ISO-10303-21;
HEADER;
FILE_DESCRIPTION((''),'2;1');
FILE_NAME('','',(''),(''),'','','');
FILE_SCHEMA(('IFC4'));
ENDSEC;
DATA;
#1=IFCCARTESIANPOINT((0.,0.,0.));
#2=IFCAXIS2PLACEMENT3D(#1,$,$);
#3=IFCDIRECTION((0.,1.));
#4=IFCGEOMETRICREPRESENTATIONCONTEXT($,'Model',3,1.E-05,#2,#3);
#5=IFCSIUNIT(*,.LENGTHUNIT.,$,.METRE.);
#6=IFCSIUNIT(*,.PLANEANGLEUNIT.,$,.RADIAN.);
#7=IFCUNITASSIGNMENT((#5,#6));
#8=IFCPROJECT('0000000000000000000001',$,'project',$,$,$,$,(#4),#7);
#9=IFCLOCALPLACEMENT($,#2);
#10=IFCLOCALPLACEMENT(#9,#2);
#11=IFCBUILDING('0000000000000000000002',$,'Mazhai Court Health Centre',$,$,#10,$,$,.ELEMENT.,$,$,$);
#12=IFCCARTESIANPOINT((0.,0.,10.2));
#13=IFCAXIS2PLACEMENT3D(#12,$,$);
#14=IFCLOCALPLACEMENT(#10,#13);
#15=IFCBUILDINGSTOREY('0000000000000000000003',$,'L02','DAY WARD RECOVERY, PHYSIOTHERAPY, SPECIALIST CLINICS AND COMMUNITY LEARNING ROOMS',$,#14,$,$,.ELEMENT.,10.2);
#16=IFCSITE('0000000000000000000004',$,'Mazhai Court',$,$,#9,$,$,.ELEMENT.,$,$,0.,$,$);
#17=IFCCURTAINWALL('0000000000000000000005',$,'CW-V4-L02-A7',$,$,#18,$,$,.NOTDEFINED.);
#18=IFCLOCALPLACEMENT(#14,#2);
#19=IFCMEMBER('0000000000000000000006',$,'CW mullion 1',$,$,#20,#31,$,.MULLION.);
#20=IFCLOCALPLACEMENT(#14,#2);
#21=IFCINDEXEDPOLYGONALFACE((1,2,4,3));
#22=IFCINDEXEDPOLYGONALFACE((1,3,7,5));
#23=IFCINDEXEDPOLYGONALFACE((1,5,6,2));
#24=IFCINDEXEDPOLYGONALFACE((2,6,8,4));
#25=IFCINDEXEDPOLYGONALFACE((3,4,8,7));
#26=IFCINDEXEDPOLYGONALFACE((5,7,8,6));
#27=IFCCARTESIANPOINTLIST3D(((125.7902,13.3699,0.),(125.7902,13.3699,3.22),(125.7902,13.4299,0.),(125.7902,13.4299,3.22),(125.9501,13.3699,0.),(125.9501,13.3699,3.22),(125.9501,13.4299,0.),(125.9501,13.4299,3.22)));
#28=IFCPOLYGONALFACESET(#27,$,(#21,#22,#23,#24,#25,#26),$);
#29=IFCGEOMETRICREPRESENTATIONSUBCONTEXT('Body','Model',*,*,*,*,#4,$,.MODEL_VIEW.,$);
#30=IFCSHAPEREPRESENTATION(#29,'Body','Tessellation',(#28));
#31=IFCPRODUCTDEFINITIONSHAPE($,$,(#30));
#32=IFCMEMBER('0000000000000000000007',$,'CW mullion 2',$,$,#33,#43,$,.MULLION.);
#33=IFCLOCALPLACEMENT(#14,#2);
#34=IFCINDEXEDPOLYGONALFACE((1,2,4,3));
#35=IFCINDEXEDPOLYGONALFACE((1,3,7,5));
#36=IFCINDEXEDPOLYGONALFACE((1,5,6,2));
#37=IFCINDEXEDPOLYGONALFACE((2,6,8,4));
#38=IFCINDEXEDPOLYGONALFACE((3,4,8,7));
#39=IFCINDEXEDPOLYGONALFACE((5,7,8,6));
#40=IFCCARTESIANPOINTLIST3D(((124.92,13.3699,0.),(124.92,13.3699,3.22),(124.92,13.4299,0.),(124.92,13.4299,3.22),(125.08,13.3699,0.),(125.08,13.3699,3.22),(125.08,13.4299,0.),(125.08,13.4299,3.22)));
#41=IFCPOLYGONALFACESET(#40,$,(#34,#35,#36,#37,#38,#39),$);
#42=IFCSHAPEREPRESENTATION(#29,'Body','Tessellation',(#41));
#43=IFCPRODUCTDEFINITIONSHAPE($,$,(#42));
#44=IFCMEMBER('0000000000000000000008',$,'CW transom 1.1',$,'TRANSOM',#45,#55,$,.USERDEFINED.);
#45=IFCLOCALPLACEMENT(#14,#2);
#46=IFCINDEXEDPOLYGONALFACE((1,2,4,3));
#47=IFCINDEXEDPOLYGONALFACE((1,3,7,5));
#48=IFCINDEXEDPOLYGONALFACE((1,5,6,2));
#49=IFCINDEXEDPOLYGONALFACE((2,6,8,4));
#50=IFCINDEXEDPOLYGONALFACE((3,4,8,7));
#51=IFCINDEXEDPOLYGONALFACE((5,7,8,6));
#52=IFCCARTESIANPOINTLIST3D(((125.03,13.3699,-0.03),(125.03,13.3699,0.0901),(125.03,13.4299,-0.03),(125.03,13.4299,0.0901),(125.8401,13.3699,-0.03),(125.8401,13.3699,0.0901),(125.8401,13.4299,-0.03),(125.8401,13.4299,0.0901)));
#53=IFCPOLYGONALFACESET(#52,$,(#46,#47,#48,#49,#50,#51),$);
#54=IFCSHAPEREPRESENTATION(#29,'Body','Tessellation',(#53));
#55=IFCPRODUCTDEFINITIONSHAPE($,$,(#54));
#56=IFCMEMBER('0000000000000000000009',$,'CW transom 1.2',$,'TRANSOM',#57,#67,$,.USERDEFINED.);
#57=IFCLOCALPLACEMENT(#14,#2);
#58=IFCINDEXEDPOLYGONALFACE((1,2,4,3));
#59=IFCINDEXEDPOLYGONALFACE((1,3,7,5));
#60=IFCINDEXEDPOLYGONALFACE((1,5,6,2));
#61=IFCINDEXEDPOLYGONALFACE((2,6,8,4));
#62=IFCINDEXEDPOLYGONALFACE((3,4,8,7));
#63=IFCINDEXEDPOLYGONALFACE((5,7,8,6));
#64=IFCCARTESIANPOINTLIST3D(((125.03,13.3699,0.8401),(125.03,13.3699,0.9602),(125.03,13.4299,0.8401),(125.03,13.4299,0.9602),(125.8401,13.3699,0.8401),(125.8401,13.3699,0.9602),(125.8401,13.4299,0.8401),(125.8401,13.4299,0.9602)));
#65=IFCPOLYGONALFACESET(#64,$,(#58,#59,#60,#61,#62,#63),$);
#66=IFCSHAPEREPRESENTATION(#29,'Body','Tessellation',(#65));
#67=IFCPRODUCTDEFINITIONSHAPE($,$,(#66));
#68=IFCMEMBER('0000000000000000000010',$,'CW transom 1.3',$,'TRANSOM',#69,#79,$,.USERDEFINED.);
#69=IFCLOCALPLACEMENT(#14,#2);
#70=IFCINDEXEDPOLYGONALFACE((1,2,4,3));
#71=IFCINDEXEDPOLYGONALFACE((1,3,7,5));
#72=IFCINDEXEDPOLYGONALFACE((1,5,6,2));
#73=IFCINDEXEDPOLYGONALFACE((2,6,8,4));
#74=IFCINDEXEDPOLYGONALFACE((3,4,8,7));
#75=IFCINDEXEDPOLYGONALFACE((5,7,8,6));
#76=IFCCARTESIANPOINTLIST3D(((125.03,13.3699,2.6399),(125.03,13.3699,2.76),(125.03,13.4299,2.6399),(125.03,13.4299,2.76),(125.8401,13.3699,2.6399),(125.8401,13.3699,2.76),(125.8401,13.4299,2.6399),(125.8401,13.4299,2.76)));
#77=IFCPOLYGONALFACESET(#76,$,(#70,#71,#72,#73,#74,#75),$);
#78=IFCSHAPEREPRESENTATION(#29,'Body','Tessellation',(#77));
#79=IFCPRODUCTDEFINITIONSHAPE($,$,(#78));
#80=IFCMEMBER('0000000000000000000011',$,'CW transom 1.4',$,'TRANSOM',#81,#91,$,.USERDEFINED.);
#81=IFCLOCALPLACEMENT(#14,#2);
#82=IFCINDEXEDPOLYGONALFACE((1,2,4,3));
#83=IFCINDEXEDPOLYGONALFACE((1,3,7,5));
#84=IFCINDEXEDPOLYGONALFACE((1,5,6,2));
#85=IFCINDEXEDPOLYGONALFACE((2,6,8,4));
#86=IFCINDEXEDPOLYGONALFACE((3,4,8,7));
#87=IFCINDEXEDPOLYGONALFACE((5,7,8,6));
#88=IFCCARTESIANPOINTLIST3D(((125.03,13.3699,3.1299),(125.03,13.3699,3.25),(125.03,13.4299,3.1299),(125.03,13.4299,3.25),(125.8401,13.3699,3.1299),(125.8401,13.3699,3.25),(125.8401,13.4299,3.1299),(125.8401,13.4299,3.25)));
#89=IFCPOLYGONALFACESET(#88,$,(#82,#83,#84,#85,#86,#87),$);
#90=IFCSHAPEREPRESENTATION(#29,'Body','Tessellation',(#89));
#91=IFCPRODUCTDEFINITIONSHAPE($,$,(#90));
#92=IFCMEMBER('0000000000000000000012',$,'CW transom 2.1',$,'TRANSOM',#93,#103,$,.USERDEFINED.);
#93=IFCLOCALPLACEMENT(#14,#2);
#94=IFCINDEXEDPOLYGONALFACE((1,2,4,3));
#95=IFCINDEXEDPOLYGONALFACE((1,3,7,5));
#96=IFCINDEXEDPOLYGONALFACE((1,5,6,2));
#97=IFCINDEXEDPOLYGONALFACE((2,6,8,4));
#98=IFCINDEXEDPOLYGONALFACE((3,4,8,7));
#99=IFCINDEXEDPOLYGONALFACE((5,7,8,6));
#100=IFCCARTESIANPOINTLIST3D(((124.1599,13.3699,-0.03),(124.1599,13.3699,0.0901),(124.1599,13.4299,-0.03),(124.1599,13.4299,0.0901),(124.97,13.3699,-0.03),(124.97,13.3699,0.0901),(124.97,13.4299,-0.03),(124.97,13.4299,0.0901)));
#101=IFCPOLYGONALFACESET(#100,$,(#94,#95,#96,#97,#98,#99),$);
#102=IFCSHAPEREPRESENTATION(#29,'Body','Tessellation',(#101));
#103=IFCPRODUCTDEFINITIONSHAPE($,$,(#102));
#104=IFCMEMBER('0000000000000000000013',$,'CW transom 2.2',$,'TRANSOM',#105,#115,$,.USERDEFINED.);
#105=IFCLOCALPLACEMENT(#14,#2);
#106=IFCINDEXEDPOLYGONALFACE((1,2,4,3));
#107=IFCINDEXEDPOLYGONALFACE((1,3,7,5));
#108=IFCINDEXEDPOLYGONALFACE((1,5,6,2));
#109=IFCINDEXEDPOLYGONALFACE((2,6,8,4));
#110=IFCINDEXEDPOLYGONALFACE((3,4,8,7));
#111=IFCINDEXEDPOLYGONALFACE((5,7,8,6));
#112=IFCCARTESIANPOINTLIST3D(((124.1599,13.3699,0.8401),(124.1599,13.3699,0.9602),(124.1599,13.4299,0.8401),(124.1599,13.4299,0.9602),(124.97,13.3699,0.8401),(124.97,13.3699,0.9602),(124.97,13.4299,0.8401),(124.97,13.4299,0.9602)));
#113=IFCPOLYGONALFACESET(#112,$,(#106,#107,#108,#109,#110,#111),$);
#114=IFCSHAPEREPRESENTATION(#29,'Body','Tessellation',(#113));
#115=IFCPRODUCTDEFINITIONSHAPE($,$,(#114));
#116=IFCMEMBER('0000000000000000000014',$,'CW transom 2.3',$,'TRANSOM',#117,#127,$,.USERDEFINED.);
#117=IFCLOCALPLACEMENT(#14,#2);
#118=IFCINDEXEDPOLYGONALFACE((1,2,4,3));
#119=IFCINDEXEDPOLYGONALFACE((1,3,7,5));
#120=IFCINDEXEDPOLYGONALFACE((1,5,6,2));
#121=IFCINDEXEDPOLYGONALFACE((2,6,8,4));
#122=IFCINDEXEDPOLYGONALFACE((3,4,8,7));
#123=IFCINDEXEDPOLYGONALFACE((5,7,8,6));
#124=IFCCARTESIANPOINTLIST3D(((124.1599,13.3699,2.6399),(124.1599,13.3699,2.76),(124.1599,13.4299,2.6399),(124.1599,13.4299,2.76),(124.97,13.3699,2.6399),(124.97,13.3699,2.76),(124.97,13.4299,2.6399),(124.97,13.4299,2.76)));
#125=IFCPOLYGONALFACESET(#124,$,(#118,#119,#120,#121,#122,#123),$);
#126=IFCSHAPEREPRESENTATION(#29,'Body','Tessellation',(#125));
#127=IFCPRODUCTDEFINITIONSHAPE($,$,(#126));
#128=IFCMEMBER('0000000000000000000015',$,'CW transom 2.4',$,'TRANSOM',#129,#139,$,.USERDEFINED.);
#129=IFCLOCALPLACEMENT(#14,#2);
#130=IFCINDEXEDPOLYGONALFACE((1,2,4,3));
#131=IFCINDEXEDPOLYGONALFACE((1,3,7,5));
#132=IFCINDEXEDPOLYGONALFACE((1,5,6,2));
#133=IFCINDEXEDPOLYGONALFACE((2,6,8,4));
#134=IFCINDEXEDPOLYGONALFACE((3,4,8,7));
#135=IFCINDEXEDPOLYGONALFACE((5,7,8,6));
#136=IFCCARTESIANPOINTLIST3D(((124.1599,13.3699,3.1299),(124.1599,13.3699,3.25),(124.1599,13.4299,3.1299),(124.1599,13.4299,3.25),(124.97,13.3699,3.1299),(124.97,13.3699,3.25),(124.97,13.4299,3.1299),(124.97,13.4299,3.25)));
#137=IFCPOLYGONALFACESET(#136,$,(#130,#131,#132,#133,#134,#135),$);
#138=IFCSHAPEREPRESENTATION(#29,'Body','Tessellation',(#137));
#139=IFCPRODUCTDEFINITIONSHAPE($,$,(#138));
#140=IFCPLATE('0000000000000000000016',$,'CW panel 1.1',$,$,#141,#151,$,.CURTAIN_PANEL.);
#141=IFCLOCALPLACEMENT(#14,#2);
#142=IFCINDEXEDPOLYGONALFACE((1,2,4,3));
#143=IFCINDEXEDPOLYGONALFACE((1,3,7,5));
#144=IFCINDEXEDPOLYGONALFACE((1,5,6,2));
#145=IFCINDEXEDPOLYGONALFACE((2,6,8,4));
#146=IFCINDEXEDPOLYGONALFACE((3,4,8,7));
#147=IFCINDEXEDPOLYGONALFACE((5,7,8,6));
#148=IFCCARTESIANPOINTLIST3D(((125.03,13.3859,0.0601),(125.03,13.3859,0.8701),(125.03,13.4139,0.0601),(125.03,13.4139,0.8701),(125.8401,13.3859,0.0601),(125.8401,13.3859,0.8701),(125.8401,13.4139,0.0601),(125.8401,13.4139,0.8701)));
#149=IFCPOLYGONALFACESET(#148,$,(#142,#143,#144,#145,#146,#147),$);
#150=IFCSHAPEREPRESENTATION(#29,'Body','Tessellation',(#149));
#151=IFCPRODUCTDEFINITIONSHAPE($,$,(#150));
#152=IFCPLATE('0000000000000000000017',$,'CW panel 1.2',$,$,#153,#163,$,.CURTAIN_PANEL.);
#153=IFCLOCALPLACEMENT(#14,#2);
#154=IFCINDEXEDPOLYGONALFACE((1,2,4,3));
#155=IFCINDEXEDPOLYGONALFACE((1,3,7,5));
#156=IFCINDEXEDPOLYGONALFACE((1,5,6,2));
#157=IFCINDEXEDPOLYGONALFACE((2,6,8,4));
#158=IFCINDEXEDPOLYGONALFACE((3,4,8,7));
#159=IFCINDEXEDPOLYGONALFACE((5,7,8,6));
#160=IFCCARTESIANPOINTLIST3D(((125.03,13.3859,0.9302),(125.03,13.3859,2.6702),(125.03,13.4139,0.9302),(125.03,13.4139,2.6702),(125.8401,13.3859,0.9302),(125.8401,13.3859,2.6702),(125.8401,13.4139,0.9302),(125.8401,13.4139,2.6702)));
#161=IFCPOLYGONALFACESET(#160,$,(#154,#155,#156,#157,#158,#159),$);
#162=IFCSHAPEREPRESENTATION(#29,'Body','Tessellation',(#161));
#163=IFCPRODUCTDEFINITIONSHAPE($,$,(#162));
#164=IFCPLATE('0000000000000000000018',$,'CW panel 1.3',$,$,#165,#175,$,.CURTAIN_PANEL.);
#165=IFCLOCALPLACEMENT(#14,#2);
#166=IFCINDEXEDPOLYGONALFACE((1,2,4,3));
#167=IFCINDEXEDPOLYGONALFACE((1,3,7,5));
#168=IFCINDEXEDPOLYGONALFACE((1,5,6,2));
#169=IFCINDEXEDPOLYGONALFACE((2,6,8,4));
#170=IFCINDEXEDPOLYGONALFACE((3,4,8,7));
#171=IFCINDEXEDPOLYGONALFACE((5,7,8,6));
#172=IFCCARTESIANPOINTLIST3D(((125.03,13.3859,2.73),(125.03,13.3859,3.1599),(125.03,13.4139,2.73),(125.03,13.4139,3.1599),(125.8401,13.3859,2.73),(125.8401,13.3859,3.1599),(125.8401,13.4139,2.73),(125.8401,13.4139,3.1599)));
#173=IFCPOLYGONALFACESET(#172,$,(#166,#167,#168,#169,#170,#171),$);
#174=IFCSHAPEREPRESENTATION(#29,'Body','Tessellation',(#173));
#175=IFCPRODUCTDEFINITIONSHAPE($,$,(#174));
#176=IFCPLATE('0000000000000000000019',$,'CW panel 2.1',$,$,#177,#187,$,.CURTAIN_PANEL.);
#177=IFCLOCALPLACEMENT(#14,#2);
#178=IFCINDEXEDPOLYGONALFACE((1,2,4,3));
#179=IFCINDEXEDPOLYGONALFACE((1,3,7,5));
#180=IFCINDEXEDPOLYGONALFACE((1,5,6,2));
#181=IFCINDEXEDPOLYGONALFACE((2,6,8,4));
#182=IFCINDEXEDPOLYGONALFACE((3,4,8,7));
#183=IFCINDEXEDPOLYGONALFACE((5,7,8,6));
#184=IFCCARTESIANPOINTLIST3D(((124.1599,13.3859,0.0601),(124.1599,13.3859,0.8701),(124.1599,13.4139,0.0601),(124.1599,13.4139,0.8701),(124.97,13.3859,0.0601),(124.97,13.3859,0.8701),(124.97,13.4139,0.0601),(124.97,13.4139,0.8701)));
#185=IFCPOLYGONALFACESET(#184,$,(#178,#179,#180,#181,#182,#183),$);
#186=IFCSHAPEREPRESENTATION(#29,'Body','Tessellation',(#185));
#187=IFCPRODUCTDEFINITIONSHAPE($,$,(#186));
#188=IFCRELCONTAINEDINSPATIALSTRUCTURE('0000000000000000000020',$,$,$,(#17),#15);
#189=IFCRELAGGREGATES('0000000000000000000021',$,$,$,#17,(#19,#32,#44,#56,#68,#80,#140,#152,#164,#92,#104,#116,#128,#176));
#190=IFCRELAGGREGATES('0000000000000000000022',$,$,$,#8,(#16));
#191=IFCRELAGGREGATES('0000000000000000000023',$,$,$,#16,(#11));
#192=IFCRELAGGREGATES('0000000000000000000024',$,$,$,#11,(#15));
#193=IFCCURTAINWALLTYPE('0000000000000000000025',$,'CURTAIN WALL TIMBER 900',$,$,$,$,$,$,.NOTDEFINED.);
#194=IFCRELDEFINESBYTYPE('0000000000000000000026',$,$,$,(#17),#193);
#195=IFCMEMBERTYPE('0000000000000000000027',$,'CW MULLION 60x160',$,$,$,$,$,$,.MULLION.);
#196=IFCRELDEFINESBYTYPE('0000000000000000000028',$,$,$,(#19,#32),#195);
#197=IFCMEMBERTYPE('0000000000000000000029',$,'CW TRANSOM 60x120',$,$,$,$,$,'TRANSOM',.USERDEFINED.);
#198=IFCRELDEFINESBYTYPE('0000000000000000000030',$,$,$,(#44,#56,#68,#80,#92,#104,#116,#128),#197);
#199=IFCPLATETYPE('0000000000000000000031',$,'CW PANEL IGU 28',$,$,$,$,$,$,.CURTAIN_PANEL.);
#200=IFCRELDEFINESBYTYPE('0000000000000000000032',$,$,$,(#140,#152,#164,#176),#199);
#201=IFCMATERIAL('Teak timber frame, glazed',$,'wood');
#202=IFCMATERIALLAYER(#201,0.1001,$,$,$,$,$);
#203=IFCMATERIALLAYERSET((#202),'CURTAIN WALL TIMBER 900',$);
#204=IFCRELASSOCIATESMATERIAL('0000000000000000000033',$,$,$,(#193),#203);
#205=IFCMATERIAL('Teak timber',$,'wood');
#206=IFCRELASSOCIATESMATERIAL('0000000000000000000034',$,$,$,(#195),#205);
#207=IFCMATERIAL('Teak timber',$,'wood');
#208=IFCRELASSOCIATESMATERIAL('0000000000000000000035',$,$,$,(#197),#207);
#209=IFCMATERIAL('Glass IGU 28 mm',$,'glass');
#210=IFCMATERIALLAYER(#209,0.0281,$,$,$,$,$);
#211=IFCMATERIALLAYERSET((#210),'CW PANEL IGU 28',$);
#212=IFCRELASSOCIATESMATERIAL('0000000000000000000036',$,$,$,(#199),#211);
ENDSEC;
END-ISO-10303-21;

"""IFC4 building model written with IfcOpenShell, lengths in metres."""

from ifc_helpers import new_model, si_unit, direction, frame, origin, origin_2d, place, context, subcontext, project, spatial, rectangle, extrude, material, layer, layer_set, material_profile, profile_set, type_object, element, aggregate, save


model = new_model("IFC4")

# Units and contexts
model_context = context("Model", 3, precision=1e-05, world=origin(), true_north=direction((0.0, 1.0)))
body_context = subcontext(model_context, "Body", "Model", "MODEL_VIEW")
ifc_project = project(units=[si_unit("LENGTHUNIT", "METRE"), si_unit("PLANEANGLEUNIT", "RADIAN")], contexts=[model_context])

# Site, building, storey
site_placement = place(None, origin())
site = spatial("IfcSite", under=ifc_project, at=site_placement, Name="Mazhai Court", CompositionType="ELEMENT", RefElevation=0.0)
building_placement = place(site_placement, origin())
building = spatial("IfcBuilding", under=site, at=building_placement, Name="Mazhai Court Health Centre", CompositionType="ELEMENT")
storey_placement = place(building_placement, frame((0.0, 0.0, 10.2)))
storey = spatial("IfcBuildingStorey", under=building, at=storey_placement, Name="L02", Description="DAY WARD RECOVERY, PHYSIOTHERAPY, SPECIALIST CLINICS AND COMMUNITY LEARNING ROOMS", CompositionType="ELEMENT", Elevation=10.2)

# Curtain wall, members, plates
ifc_material_1 = material(Name="Teak timber frame, glazed", Category="wood")
ifc_layer_1 = layer(ifc_material_1, 0.1001)
ifc_layer_set_1 = layer_set([ifc_layer_1], Name="CURTAIN WALL TIMBER 900")
curtain_wall_type = type_object("IfcCurtainWallType", Name="CURTAIN WALL TIMBER 900", PredefinedType="NOTDEFINED", material=ifc_layer_set_1)
curtain_wall_placement = place(storey_placement, origin())
curtain_wall = element("IfcCurtainWall", 1, at=curtain_wall_placement, inside=storey, type_object=curtain_wall_type, Name="CW-V4-L02-A7", PredefinedType="NOTDEFINED")
ifc_material_2 = material(Name="Teak timber", Category="wood")
ifc_material_profile_1 = material_profile(ifc_material_2, rectangle(XDim=0.0601, YDim=0.1599, at=origin_2d()), Name="CW MULLION 60x160")
ifc_profile_set_1 = profile_set([ifc_material_profile_1], Name="Teak timber")
member_type_1 = type_object("IfcMemberType", Name="CW MULLION 60x160", PredefinedType="MULLION", material=ifc_profile_set_1)
member_1_placement = place(storey_placement, frame((125.8701, 13.3999, 0.0), z_axis=(0.0, 0.0, 1.0), x_axis=(0.0, -1.0, 0.0)))
member_1 = element("IfcMember", 2, at=member_1_placement, type_object=member_type_1, Name="CW mullion 1", PredefinedType="MULLION", context=body_context, shape_type="SweptSolid", body=[
    extrude(rectangle(XDim=0.0601, YDim=0.1599, at=origin_2d()), origin(), (0.0, 0.0, 1.0), 3.22),
])
member_2_placement = place(storey_placement, frame((125.0, 13.3999, 0.0), z_axis=(0.0, 0.0, 1.0), x_axis=(0.0, -1.0, 0.0)))
member_2 = element("IfcMember", 3, at=member_2_placement, type_object=member_type_1, Name="CW mullion 2", PredefinedType="MULLION", context=body_context, shape_type="SweptSolid", body=[
    extrude(rectangle(XDim=0.0601, YDim=0.1599, at=origin_2d()), origin(), (0.0, 0.0, 1.0), 3.22),
])
ifc_material_3 = material(Name="Teak timber", Category="wood")
ifc_material_profile_2 = material_profile(ifc_material_3, rectangle(XDim=0.0601, YDim=0.1201, at=origin_2d()), Name="CW TRANSOM 60x120")
ifc_profile_set_2 = profile_set([ifc_material_profile_2], Name="Teak timber")
member_type_2 = type_object("IfcMemberType", Name="CW TRANSOM 60x120", ElementType="TRANSOM", PredefinedType="USERDEFINED", material=ifc_profile_set_2)
member_3_placement = place(storey_placement, frame((125.8401, 13.3999, 0.03), z_axis=(-1.0, 0.0, 0.0), x_axis=(0.0, -1.0, 0.0)))
member_3 = element("IfcMember", 4, at=member_3_placement, type_object=member_type_2, Name="CW transom 1.1", ObjectType="TRANSOM", PredefinedType="USERDEFINED", context=body_context, shape_type="SweptSolid", body=[
    extrude(rectangle(XDim=0.0601, YDim=0.1201, at=origin_2d()), origin(), (0.0, 0.0, 1.0), 0.8101),
])
member_4_placement = place(storey_placement, frame((125.8401, 13.3999, 0.9001), z_axis=(-1.0, 0.0, 0.0), x_axis=(0.0, -1.0, 0.0)))
member_4 = element("IfcMember", 5, at=member_4_placement, type_object=member_type_2, Name="CW transom 1.2", ObjectType="TRANSOM", PredefinedType="USERDEFINED", context=body_context, shape_type="SweptSolid", body=[
    extrude(rectangle(XDim=0.0601, YDim=0.1201, at=origin_2d()), origin(), (0.0, 0.0, 1.0), 0.8101),
])
member_5_placement = place(storey_placement, frame((125.8401, 13.3999, 2.7), z_axis=(-1.0, 0.0, 0.0), x_axis=(0.0, -1.0, 0.0)))
member_5 = element("IfcMember", 6, at=member_5_placement, type_object=member_type_2, Name="CW transom 1.3", ObjectType="TRANSOM", PredefinedType="USERDEFINED", context=body_context, shape_type="SweptSolid", body=[
    extrude(rectangle(XDim=0.0601, YDim=0.1201, at=origin_2d()), origin(), (0.0, 0.0, 1.0), 0.8101),
])
member_6_placement = place(storey_placement, frame((125.8401, 13.3999, 3.1899), z_axis=(-1.0, 0.0, 0.0), x_axis=(0.0, -1.0, 0.0)))
member_6 = element("IfcMember", 7, at=member_6_placement, type_object=member_type_2, Name="CW transom 1.4", ObjectType="TRANSOM", PredefinedType="USERDEFINED", context=body_context, shape_type="SweptSolid", body=[
    extrude(rectangle(XDim=0.0601, YDim=0.1201, at=origin_2d()), origin(), (0.0, 0.0, 1.0), 0.8101),
])
member_7_placement = place(storey_placement, frame((124.97, 13.3999, 0.03), z_axis=(-1.0, 0.0, 0.0), x_axis=(0.0, -1.0, 0.0)))
member_7 = element("IfcMember", 8, at=member_7_placement, type_object=member_type_2, Name="CW transom 2.1", ObjectType="TRANSOM", PredefinedType="USERDEFINED", context=body_context, shape_type="SweptSolid", body=[
    extrude(rectangle(XDim=0.0601, YDim=0.1201, at=origin_2d()), origin(), (0.0, 0.0, 1.0), 0.8101),
])
member_8_placement = place(storey_placement, frame((124.97, 13.3999, 0.9001), z_axis=(-1.0, 0.0, 0.0), x_axis=(0.0, -1.0, 0.0)))
member_8 = element("IfcMember", 9, at=member_8_placement, type_object=member_type_2, Name="CW transom 2.2", ObjectType="TRANSOM", PredefinedType="USERDEFINED", context=body_context, shape_type="SweptSolid", body=[
    extrude(rectangle(XDim=0.0601, YDim=0.1201, at=origin_2d()), origin(), (0.0, 0.0, 1.0), 0.8101),
])
member_9_placement = place(storey_placement, frame((124.97, 13.3999, 2.7), z_axis=(-1.0, 0.0, 0.0), x_axis=(0.0, -1.0, 0.0)))
member_9 = element("IfcMember", 10, at=member_9_placement, type_object=member_type_2, Name="CW transom 2.3", ObjectType="TRANSOM", PredefinedType="USERDEFINED", context=body_context, shape_type="SweptSolid", body=[
    extrude(rectangle(XDim=0.0601, YDim=0.1201, at=origin_2d()), origin(), (0.0, 0.0, 1.0), 0.8101),
])
member_10_placement = place(storey_placement, frame((124.97, 13.3999, 3.1899), z_axis=(-1.0, 0.0, 0.0), x_axis=(0.0, -1.0, 0.0)))
member_10 = element("IfcMember", 11, at=member_10_placement, type_object=member_type_2, Name="CW transom 2.4", ObjectType="TRANSOM", PredefinedType="USERDEFINED", context=body_context, shape_type="SweptSolid", body=[
    extrude(rectangle(XDim=0.0601, YDim=0.1201, at=origin_2d()), origin(), (0.0, 0.0, 1.0), 0.8101),
])
ifc_material_4 = material(Name="Glass IGU 28 mm", Category="glass")
ifc_layer_2 = layer(ifc_material_4, 0.0281)
ifc_layer_set_2 = layer_set([ifc_layer_2], Name="CW PANEL IGU 28")
plate_type = type_object("IfcPlateType", Name="CW PANEL IGU 28", PredefinedType="CURTAIN_PANEL", material=ifc_layer_set_2)
plate_1_placement = place(storey_placement, frame((125.4351, 13.3999, 0.0601), z_axis=(0.0, 0.0, 1.0), x_axis=(-1.0, 0.0, 0.0)))
plate_1 = element("IfcPlate", 12, at=plate_1_placement, type_object=plate_type, Name="CW panel 1.1", PredefinedType="CURTAIN_PANEL", context=body_context, shape_type="SweptSolid", body=[
    extrude(rectangle(XDim=0.8101, YDim=0.0281, at=origin_2d()), origin(), (0.0, 0.0, 1.0), 0.8101),
])
plate_2_placement = place(storey_placement, frame((125.4351, 13.3999, 0.9302), z_axis=(0.0, 0.0, 1.0), x_axis=(-1.0, 0.0, 0.0)))
plate_2 = element("IfcPlate", 13, at=plate_2_placement, type_object=plate_type, Name="CW panel 1.2", PredefinedType="CURTAIN_PANEL", context=body_context, shape_type="SweptSolid", body=[
    extrude(rectangle(XDim=0.8101, YDim=0.0281, at=origin_2d()), origin(), (0.0, 0.0, 1.0), 1.74),
])
plate_3_placement = place(storey_placement, frame((125.4351, 13.3999, 2.73), z_axis=(0.0, 0.0, 1.0), x_axis=(-1.0, 0.0, 0.0)))
plate_3 = element("IfcPlate", 14, at=plate_3_placement, type_object=plate_type, Name="CW panel 1.3", PredefinedType="CURTAIN_PANEL", context=body_context, shape_type="SweptSolid", body=[
    extrude(rectangle(XDim=0.8101, YDim=0.0281, at=origin_2d()), origin(), (0.0, 0.0, 1.0), 0.4299),
])
plate_4_placement = place(storey_placement, frame((124.5649, 13.3999, 0.0601), z_axis=(0.0, 0.0, 1.0), x_axis=(-1.0, 0.0, 0.0)))
plate_4 = element("IfcPlate", 15, at=plate_4_placement, type_object=plate_type, Name="CW panel 2.1", PredefinedType="CURTAIN_PANEL", context=body_context, shape_type="SweptSolid", body=[
    extrude(rectangle(XDim=0.8101, YDim=0.0281, at=origin_2d()), origin(), (0.0, 0.0, 1.0), 0.8101),
])
aggregate(curtain_wall, [member_1, member_2, member_3, member_4, member_5, member_6, plate_1, plate_2, plate_3, member_7, member_8, member_9, member_10, plate_4])

save(model, "model.ifc")
